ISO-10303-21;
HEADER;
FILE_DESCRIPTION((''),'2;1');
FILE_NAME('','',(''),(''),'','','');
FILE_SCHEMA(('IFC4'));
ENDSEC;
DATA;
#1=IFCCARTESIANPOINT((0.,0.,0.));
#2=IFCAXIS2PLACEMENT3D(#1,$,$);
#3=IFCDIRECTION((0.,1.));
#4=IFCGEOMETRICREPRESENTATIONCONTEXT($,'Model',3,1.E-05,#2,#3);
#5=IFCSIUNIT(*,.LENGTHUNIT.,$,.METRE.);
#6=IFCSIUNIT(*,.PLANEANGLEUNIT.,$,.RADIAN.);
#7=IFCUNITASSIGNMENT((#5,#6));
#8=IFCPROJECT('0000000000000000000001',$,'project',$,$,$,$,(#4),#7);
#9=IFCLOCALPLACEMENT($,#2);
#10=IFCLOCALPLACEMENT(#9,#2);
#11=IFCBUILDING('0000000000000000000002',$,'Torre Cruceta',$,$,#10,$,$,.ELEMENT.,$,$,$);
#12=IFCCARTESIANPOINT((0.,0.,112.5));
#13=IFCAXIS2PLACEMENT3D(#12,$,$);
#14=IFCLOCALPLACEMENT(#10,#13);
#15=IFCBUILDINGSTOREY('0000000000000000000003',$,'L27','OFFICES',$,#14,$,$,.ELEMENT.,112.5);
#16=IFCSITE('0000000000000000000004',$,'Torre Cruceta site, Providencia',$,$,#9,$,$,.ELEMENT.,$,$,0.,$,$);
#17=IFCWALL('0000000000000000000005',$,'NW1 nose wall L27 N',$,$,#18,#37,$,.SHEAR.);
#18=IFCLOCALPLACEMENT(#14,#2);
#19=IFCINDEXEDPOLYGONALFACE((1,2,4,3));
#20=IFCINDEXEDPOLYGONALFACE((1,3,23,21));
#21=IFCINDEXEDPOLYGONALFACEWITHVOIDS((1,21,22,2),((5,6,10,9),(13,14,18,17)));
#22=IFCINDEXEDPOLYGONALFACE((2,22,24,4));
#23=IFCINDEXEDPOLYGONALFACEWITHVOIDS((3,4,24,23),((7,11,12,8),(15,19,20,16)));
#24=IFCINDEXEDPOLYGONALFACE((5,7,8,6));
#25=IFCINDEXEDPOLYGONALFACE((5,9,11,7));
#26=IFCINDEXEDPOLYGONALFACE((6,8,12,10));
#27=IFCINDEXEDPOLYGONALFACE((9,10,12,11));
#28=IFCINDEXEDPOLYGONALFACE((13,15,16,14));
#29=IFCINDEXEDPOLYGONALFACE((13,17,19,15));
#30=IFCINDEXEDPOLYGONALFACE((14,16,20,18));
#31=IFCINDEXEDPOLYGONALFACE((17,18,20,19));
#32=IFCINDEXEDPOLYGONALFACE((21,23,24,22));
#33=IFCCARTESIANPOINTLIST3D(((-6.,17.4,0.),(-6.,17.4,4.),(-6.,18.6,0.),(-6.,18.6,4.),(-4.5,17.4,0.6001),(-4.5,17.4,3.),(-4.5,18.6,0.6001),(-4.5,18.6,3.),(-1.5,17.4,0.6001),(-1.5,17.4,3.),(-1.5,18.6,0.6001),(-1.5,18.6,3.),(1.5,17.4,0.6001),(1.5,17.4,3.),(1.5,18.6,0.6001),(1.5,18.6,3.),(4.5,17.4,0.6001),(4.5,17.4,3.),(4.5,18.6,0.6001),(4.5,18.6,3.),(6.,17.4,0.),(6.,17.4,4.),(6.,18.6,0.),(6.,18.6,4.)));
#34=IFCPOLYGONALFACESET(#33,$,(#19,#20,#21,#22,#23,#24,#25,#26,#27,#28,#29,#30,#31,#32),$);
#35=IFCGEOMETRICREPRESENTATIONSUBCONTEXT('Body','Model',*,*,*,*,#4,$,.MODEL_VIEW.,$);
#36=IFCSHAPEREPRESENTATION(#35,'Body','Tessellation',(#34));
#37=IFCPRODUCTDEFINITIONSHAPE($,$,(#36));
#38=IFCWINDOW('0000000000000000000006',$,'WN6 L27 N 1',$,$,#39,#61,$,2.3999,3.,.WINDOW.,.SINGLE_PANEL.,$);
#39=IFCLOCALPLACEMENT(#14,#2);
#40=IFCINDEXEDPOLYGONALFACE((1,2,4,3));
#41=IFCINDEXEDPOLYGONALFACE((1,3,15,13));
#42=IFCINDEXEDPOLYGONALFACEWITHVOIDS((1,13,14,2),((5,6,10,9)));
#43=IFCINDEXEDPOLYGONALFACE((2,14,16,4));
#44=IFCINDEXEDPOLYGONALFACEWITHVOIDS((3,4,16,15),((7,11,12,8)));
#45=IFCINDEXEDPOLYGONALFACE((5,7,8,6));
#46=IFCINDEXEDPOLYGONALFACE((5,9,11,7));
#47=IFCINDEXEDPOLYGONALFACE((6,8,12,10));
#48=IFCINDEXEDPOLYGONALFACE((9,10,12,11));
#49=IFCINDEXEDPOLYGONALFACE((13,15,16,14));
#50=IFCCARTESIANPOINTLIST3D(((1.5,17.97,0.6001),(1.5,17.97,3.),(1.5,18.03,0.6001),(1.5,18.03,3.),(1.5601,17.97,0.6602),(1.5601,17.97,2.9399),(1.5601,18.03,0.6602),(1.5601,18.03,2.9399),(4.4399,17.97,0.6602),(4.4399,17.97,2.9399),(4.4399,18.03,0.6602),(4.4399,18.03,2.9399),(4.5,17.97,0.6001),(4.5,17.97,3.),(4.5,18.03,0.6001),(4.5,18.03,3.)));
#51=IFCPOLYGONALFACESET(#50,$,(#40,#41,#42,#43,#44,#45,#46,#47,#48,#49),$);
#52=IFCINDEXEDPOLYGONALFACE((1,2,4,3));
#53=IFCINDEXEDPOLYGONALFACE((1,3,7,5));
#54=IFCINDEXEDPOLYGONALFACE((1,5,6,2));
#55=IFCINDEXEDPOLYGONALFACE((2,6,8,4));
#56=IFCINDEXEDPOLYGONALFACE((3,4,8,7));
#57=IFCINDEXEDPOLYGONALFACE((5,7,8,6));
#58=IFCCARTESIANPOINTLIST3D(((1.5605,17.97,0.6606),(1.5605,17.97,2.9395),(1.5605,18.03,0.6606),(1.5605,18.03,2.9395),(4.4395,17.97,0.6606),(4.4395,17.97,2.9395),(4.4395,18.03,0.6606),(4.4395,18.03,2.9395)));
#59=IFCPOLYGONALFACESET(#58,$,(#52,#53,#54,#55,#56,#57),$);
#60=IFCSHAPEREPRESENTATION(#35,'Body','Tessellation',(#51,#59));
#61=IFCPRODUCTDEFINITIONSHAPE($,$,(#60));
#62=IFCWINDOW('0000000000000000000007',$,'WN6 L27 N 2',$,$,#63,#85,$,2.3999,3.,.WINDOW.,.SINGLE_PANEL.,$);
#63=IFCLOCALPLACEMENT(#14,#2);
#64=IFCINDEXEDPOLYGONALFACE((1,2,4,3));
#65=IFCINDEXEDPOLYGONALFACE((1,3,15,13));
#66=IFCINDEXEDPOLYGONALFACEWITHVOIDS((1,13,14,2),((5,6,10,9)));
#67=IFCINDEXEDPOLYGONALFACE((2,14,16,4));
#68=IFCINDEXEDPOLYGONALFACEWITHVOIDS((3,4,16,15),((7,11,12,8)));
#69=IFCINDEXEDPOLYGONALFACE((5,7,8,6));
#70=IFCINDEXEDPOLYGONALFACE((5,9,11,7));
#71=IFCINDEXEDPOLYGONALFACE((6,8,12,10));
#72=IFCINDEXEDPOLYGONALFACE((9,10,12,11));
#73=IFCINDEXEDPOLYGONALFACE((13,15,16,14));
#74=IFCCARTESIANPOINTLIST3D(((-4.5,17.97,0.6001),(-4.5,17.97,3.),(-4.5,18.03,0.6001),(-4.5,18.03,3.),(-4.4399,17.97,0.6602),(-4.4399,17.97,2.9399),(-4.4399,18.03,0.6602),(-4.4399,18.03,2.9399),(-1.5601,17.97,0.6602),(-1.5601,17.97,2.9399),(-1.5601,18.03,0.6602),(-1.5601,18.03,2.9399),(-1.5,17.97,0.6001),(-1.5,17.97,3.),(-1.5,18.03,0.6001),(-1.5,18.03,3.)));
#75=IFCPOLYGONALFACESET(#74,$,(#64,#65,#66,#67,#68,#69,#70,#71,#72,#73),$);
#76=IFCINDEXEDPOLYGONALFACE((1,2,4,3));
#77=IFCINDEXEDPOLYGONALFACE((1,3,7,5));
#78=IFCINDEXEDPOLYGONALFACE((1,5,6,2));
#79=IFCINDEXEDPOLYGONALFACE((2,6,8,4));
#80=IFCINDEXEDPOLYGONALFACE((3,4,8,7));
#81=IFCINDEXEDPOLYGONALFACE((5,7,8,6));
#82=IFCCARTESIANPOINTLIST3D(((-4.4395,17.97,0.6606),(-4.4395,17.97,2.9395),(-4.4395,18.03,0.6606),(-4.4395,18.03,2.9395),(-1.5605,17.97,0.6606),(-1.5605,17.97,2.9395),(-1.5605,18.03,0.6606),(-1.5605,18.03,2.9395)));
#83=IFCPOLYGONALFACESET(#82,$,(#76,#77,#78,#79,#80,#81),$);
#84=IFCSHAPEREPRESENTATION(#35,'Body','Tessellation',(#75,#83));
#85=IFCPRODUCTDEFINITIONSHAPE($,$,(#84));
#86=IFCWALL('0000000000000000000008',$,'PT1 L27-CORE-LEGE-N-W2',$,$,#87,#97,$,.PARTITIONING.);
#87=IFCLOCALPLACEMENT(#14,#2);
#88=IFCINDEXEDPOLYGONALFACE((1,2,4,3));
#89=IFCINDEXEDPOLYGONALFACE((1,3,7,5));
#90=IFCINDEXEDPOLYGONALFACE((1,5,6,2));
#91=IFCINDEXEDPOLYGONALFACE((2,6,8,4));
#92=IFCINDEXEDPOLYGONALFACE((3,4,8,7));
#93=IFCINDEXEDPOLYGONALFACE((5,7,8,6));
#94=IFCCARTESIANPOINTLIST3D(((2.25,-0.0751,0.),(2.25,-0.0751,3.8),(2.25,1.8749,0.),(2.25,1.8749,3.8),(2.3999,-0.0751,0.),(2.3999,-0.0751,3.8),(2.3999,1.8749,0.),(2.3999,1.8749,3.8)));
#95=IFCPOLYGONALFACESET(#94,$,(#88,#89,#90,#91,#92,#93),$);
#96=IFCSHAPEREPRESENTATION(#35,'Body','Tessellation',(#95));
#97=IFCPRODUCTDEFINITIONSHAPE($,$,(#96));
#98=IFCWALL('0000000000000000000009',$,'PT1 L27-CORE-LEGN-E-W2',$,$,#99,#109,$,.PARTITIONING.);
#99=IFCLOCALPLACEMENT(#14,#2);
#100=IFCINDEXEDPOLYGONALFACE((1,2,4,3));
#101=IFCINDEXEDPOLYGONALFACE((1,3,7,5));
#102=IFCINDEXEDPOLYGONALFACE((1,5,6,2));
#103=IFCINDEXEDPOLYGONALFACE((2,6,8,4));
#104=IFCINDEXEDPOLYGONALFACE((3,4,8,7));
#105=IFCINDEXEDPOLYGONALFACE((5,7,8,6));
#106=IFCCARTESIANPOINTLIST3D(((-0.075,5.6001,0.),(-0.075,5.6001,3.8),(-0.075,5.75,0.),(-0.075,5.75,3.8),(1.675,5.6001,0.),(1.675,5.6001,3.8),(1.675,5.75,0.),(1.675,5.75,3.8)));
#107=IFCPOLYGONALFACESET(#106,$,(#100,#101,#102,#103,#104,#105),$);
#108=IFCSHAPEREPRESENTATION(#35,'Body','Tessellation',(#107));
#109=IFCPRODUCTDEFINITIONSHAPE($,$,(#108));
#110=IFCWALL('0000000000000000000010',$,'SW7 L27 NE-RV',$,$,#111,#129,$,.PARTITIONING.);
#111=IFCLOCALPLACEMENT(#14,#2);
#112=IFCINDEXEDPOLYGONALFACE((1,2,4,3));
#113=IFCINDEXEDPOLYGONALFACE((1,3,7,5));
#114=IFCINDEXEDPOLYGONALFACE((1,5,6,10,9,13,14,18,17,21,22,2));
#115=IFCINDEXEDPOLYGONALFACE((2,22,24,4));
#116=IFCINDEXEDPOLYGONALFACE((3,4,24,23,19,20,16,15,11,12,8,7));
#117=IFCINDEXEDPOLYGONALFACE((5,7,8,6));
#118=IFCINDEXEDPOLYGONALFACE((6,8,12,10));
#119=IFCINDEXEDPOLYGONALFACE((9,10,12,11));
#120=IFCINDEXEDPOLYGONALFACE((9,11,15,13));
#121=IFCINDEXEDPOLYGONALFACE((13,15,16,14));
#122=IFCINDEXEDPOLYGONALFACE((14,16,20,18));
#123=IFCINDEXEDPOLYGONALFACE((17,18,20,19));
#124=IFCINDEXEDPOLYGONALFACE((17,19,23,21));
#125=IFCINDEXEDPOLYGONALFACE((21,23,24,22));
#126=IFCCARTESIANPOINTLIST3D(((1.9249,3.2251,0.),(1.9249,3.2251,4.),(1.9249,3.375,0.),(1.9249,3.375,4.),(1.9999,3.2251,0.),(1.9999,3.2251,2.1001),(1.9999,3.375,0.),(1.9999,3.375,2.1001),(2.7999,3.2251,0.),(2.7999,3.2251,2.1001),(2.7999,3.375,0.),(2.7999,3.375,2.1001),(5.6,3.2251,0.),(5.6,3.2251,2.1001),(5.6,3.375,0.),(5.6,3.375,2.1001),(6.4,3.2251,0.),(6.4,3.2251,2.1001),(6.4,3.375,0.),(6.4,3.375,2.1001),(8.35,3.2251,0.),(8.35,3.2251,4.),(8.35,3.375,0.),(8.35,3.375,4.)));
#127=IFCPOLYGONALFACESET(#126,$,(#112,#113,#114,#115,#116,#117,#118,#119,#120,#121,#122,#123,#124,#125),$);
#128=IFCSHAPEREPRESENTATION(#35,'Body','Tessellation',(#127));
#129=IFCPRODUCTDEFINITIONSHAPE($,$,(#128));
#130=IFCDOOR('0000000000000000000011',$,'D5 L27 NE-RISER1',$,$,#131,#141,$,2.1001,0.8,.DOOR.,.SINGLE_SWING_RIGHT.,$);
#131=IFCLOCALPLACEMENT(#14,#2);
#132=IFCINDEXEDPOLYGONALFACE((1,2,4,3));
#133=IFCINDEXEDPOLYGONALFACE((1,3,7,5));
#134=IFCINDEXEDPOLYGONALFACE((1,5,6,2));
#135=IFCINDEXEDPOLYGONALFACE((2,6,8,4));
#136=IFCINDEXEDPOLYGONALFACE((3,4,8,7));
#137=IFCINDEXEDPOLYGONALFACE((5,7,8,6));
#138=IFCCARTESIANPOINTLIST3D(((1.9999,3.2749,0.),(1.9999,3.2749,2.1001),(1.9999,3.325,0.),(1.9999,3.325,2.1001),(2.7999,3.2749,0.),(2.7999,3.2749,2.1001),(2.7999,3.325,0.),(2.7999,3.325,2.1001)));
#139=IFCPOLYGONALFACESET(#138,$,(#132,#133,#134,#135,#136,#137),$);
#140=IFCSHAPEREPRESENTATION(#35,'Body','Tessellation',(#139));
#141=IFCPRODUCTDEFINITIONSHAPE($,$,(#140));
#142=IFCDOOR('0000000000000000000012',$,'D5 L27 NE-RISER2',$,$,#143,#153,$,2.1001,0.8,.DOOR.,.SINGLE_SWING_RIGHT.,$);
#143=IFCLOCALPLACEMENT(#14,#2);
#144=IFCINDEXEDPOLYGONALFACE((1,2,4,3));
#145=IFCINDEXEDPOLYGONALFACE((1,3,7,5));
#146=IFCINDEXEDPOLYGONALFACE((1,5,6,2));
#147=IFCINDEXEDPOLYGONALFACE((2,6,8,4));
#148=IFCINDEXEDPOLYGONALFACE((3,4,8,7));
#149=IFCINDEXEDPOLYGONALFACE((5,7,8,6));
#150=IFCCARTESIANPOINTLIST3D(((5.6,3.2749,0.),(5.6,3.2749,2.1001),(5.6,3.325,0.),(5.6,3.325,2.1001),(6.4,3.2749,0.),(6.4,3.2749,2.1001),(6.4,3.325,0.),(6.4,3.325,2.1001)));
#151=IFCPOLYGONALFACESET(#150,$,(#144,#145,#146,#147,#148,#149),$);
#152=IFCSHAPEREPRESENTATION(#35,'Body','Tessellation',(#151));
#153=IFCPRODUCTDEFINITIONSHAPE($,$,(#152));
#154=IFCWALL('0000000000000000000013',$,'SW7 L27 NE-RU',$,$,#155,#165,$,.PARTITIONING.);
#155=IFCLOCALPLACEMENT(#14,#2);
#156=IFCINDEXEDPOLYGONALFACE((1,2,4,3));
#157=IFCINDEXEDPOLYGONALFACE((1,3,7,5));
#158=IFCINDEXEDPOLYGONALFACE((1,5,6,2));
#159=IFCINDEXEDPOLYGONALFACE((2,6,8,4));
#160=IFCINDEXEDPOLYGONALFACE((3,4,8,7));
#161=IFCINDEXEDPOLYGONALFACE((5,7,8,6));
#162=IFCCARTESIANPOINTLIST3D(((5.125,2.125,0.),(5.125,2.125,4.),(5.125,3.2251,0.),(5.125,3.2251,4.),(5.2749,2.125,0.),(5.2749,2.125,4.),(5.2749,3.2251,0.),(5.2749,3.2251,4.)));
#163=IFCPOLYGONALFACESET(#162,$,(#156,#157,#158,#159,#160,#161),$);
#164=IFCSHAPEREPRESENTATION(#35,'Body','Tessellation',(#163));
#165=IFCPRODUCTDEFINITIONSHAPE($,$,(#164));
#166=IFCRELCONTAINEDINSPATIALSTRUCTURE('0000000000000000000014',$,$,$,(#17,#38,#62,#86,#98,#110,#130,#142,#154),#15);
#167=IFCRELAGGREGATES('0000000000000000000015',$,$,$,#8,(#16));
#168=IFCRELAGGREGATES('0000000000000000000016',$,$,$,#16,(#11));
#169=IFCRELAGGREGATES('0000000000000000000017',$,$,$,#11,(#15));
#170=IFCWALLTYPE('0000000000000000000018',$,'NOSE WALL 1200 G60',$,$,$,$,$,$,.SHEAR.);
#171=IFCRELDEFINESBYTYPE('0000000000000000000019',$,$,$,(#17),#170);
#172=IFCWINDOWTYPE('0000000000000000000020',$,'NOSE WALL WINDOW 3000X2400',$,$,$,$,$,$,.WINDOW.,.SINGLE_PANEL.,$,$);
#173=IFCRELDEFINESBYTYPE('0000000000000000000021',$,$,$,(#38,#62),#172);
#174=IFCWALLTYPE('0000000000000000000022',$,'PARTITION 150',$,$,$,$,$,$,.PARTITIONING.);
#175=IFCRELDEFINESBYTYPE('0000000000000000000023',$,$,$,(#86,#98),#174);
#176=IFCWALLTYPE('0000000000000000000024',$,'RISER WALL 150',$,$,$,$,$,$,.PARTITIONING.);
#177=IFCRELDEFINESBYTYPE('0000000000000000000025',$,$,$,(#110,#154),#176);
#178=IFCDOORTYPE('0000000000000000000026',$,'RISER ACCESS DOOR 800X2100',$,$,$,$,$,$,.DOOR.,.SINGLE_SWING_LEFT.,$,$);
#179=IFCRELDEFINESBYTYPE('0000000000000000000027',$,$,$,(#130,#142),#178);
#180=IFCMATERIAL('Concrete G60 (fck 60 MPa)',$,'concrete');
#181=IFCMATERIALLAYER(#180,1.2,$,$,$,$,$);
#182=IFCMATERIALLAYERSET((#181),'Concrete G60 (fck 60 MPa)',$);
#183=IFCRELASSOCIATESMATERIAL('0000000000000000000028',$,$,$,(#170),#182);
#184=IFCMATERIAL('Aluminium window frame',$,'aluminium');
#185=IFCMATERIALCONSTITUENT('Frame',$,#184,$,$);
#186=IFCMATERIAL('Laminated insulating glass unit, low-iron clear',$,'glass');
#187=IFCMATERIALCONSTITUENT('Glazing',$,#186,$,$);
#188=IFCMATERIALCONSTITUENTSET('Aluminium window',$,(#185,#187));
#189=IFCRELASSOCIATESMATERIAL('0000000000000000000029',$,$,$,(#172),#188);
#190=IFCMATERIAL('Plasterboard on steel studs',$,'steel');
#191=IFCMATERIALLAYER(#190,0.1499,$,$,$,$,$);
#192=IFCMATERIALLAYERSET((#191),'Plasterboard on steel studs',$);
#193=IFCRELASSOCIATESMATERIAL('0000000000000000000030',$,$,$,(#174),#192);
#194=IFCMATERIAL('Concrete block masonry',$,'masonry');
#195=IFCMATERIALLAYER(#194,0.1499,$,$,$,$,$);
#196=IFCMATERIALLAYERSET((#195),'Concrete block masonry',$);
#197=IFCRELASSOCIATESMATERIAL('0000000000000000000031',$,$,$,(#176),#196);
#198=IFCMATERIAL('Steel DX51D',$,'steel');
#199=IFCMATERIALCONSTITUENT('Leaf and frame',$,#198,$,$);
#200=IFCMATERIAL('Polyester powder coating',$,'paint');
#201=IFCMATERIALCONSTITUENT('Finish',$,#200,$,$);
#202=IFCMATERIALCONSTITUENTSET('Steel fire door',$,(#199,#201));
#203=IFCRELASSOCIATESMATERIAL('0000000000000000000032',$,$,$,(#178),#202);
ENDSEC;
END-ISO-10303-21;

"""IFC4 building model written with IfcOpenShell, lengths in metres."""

from ifc_helpers import new_model, si_unit, direction, frame, frame_2d, origin, place, context, subcontext, project, spatial, rectangle, hollow_rectangle, extrude, material, layer, layer_set, constituent, constituent_set, type_object, element, fill, save


model = new_model("IFC4")

# Units and contexts
model_context = context("Model", 3, precision=1e-05, world=origin(), true_north=direction((0.0, 1.0)))
body_context = subcontext(model_context, "Body", "Model", "MODEL_VIEW")
ifc_project = project(units=[si_unit("LENGTHUNIT", "METRE"), si_unit("PLANEANGLEUNIT", "RADIAN")], contexts=[model_context])

# Site, building, storey
site_placement = place(None, origin())
site = spatial("IfcSite", under=ifc_project, at=site_placement, Name="Torre Cruceta site, Providencia", CompositionType="ELEMENT", RefElevation=0.0)
building_placement = place(site_placement, origin())
building = spatial("IfcBuilding", under=site, at=building_placement, Name="Torre Cruceta", CompositionType="ELEMENT")
storey_placement = place(building_placement, frame((0.0, 0.0, 112.5)))
storey = spatial("IfcBuildingStorey", under=building, at=storey_placement, Name="L27", Description="OFFICES", CompositionType="ELEMENT", Elevation=112.5)

# Wall, openings, windows
ifc_material_1 = material(Name="Concrete G60 (fck 60 MPa)", Category="concrete")
ifc_layer_1 = layer(ifc_material_1, 1.2)
ifc_layer_set_1 = layer_set([ifc_layer_1], Name="Concrete G60 (fck 60 MPa)")
wall_type_1 = type_object("IfcWallType", Name="NOSE WALL 1200 G60", PredefinedType="SHEAR", material=ifc_layer_set_1)
wall_1_placement = place(storey_placement, frame((6.0, 18.0, 0.0), z_axis=(0.0, 0.0, 1.0), x_axis=(-1.0, 0.0, 0.0)))
wall_1 = element("IfcWall", 1, at=wall_1_placement, inside=storey, type_object=wall_type_1, Name="NW1 nose wall L27 N", PredefinedType="SHEAR", context=body_context, shape_type="SweptSolid", body=[
    extrude(rectangle(XDim=12.0, YDim=1.2, at=frame_2d((6.0, 0.0))), origin(), (0.0, 0.0, 1.0), 4.0),
])
opening_1_placement = place(wall_1_placement, frame((1.5, 0.0, 0.6001)))
opening_1 = element("IfcOpeningElement", 2, at=opening_1_placement, cuts=wall_1, PredefinedType="OPENING", context=body_context, shape_type="SweptSolid", body=[
    extrude(rectangle(XDim=3.0, YDim=2.3999, at=frame_2d((1.5, 1.2))), frame((0.0, 0.6099, 0.0), z_axis=(0.0, -1.0, 0.0), x_axis=(1.0, 0.0, 0.0)), (0.0, 0.0, 1.0), 1.22),
])
opening_2_placement = place(wall_1_placement, frame((7.5, 0.0, 0.6001)))
opening_2 = element("IfcOpeningElement", 3, at=opening_2_placement, cuts=wall_1, PredefinedType="OPENING", context=body_context, shape_type="SweptSolid", body=[
    extrude(rectangle(XDim=3.0, YDim=2.3999, at=frame_2d((1.5, 1.2))), frame((0.0, 0.6099, 0.0), z_axis=(0.0, -1.0, 0.0), x_axis=(1.0, 0.0, 0.0)), (0.0, 0.0, 1.0), 1.22),
])
ifc_material_2 = material(Name="Aluminium window frame", Category="aluminium")
ifc_constituent_1 = constituent(ifc_material_2, Name="Frame")
ifc_material_3 = material(Name="Laminated insulating glass unit, low-iron clear", Category="glass")
ifc_constituent_2 = constituent(ifc_material_3, Name="Glazing")
ifc_constituent_set_1 = constituent_set(constituents=[ifc_constituent_1, ifc_constituent_2], Name="Aluminium window")
window_type = type_object("IfcWindowType", Name="NOSE WALL WINDOW 3000X2400", PartitioningType="SINGLE_PANEL", PredefinedType="WINDOW", material=ifc_constituent_set_1)
window_1_placement = place(opening_1_placement, origin())
window_1 = element("IfcWindow", 4, at=window_1_placement, inside=storey, type_object=window_type, Name="WN6 L27 N 1", OverallHeight=2.3999, OverallWidth=3.0, PartitioningType="SINGLE_PANEL", PredefinedType="WINDOW", context=body_context, shape_type="SweptSolid", body=[
    extrude(hollow_rectangle(XDim=3.0, YDim=2.3999, WallThickness=0.0601, at=frame_2d((1.5, 1.2))), frame((0.0, 0.03, 0.0), z_axis=(0.0, -1.0, 0.0), x_axis=(1.0, 0.0, 0.0)), (0.0, 0.0, 1.0), 0.0601),
    extrude(rectangle(XDim=2.8789, YDim=2.2788, at=frame_2d((1.5, 1.2))), frame((0.0, 0.03, 0.0), z_axis=(0.0, -1.0, 0.0), x_axis=(1.0, 0.0, 0.0)), (0.0, 0.0, 1.0), 0.0601),
])
fill(opening_1, window_1)
window_2_placement = place(opening_2_placement, origin())
window_2 = element("IfcWindow", 5, at=window_2_placement, inside=storey, type_object=window_type, Name="WN6 L27 N 2", OverallHeight=2.3999, OverallWidth=3.0, PartitioningType="SINGLE_PANEL", PredefinedType="WINDOW", context=body_context, shape_type="SweptSolid", body=[
    extrude(hollow_rectangle(XDim=3.0, YDim=2.3999, WallThickness=0.0601, at=frame_2d((1.5, 1.2))), frame((0.0, 0.03, 0.0), z_axis=(0.0, -1.0, 0.0), x_axis=(1.0, 0.0, 0.0)), (0.0, 0.0, 1.0), 0.0601),
    extrude(rectangle(XDim=2.8789, YDim=2.2788, at=frame_2d((1.5, 1.2))), frame((0.0, 0.03, 0.0), z_axis=(0.0, -1.0, 0.0), x_axis=(1.0, 0.0, 0.0)), (0.0, 0.0, 1.0), 0.0601),
])
fill(opening_2, window_2)

# Walls
ifc_material_4 = material(Name="Plasterboard on steel studs", Category="steel")
ifc_layer_2 = layer(ifc_material_4, 0.1499)
ifc_layer_set_2 = layer_set([ifc_layer_2], Name="Plasterboard on steel studs")
wall_type_2 = type_object("IfcWallType", Name="PARTITION 150", PredefinedType="PARTITIONING", material=ifc_layer_set_2)
wall_2_placement = place(storey_placement, frame((2.325, 1.875, 0.0), z_axis=(0.0, 0.0, 1.0), x_axis=(0.0, -1.0, 0.0)))
element("IfcWall", 6, at=wall_2_placement, inside=storey, type_object=wall_type_2, Name="PT1 L27-CORE-LEGE-N-W2", PredefinedType="PARTITIONING", context=body_context, shape_type="SweptSolid", body=[
    extrude(rectangle(XDim=1.95, YDim=0.1499, at=frame_2d((0.9751, 0.0))), origin(), (0.0, 0.0, 1.0), 3.8),
])
wall_3_placement = place(storey_placement, frame((1.675, 5.675, 0.0), z_axis=(0.0, 0.0, 1.0), x_axis=(-1.0, 0.0, 0.0)))
element("IfcWall", 7, at=wall_3_placement, inside=storey, type_object=wall_type_2, Name="PT1 L27-CORE-LEGN-E-W2", PredefinedType="PARTITIONING", context=body_context, shape_type="SweptSolid", body=[
    extrude(rectangle(XDim=1.75, YDim=0.1499, at=frame_2d((0.875, 0.0))), origin(), (0.0, 0.0, 1.0), 3.8),
])

# Wall, openings, doors
ifc_material_5 = material(Name="Concrete block masonry", Category="masonry")
ifc_layer_3 = layer(ifc_material_5, 0.1499)
ifc_layer_set_3 = layer_set([ifc_layer_3], Name="Concrete block masonry")
wall_type_3 = type_object("IfcWallType", Name="RISER WALL 150", PredefinedType="PARTITIONING", material=ifc_layer_set_3)
wall_4_placement = place(storey_placement, frame((1.925, 3.3, 0.0), z_axis=(0.0, 0.0, 1.0), x_axis=(1.0, 0.0, 0.0)))
wall_4 = element("IfcWall", 8, at=wall_4_placement, inside=storey, type_object=wall_type_3, Name="SW7 L27 NE-RV", PredefinedType="PARTITIONING", context=body_context, shape_type="SweptSolid", body=[
    extrude(rectangle(XDim=6.425, YDim=0.1499, at=frame_2d((3.2124, 0.0))), origin(), (0.0, 0.0, 1.0), 4.0),
])
opening_3_placement = place(wall_4_placement, frame((0.075, 0.0, 0.0)))
opening_3 = element("IfcOpeningElement", 9, at=opening_3_placement, cuts=wall_4, PredefinedType="OPENING", context=body_context, shape_type="SweptSolid", body=[
    extrude(rectangle(XDim=0.8, YDim=2.1001, at=frame_2d((0.3999, 1.05))), frame((0.0, 0.085, 0.0), z_axis=(0.0, -1.0, 0.0), x_axis=(1.0, 0.0, 0.0)), (0.0, 0.0, 1.0), 0.1699),
])
opening_4_placement = place(wall_4_placement, frame((3.675, 0.0, 0.0)))
opening_4 = element("IfcOpeningElement", 10, at=opening_4_placement, cuts=wall_4, PredefinedType="OPENING", context=body_context, shape_type="SweptSolid", body=[
    extrude(rectangle(XDim=0.8, YDim=2.1001, at=frame_2d((0.3999, 1.05))), frame((0.0, 0.085, 0.0), z_axis=(0.0, -1.0, 0.0), x_axis=(1.0, 0.0, 0.0)), (0.0, 0.0, 1.0), 0.1699),
])
ifc_material_6 = material(Name="Steel DX51D", Category="steel")
ifc_constituent_3 = constituent(ifc_material_6, Name="Leaf and frame")
ifc_material_7 = material(Name="Polyester powder coating", Category="paint")
ifc_constituent_4 = constituent(ifc_material_7, Name="Finish")
ifc_constituent_set_2 = constituent_set(constituents=[ifc_constituent_3, ifc_constituent_4], Name="Steel fire door")
door_type_1 = type_object("IfcDoorType", Name="RISER ACCESS DOOR 800X2100", OperationType="SINGLE_SWING_LEFT", PredefinedType="DOOR", material=ifc_constituent_set_2)
door_1_placement = place(opening_3_placement, frame((0.8, 0.0, 0.0), z_axis=(0.0, 0.0, 1.0), x_axis=(-1.0, 0.0, 0.0)))
door_1 = element("IfcDoor", 11, at=door_1_placement, inside=storey, type_object=door_type_1, Name="D5 L27 NE-RISER1", OperationType="SINGLE_SWING_RIGHT", OverallHeight=2.1001, OverallWidth=0.8, PredefinedType="DOOR", context=body_context, shape_type="SweptSolid", body=[
    extrude(rectangle(XDim=0.8, YDim=2.1001, at=frame_2d((0.4001, 1.05))), frame((0.0, 0.0251, 0.0), z_axis=(0.0, -1.0, 0.0), x_axis=(1.0, 0.0, 0.0)), (0.0, 0.0, 1.0), 0.05),
])
fill(opening_3, door_1)
door_2_placement = place(opening_4_placement, frame((0.8, 0.0, 0.0), z_axis=(0.0, 0.0, 1.0), x_axis=(-1.0, 0.0, 0.0)))
door_2 = element("IfcDoor", 12, at=door_2_placement, inside=storey, type_object=door_type_1, Name="D5 L27 NE-RISER2", OperationType="SINGLE_SWING_RIGHT", OverallHeight=2.1001, OverallWidth=0.8, PredefinedType="DOOR", context=body_context, shape_type="SweptSolid", body=[
    extrude(rectangle(XDim=0.8, YDim=2.1001, at=frame_2d((0.4001, 1.05))), frame((0.0, 0.0251, 0.0), z_axis=(0.0, -1.0, 0.0), x_axis=(1.0, 0.0, 0.0)), (0.0, 0.0, 1.0), 0.05),
])
fill(opening_4, door_2)

# Wall
wall_5_placement = place(storey_placement, frame((5.2, 2.125, 0.0), z_axis=(0.0, 0.0, 1.0), x_axis=(0.0, 1.0, 0.0)))
element("IfcWall", 13, at=wall_5_placement, inside=storey, type_object=wall_type_3, Name="SW7 L27 NE-RU", PredefinedType="PARTITIONING", context=body_context, shape_type="SweptSolid", body=[
    extrude(rectangle(XDim=1.1001, YDim=0.1499, at=frame_2d((0.55, 0.0))), origin(), (0.0, 0.0, 1.0), 4.0),
])

save(model, "model.ifc")
